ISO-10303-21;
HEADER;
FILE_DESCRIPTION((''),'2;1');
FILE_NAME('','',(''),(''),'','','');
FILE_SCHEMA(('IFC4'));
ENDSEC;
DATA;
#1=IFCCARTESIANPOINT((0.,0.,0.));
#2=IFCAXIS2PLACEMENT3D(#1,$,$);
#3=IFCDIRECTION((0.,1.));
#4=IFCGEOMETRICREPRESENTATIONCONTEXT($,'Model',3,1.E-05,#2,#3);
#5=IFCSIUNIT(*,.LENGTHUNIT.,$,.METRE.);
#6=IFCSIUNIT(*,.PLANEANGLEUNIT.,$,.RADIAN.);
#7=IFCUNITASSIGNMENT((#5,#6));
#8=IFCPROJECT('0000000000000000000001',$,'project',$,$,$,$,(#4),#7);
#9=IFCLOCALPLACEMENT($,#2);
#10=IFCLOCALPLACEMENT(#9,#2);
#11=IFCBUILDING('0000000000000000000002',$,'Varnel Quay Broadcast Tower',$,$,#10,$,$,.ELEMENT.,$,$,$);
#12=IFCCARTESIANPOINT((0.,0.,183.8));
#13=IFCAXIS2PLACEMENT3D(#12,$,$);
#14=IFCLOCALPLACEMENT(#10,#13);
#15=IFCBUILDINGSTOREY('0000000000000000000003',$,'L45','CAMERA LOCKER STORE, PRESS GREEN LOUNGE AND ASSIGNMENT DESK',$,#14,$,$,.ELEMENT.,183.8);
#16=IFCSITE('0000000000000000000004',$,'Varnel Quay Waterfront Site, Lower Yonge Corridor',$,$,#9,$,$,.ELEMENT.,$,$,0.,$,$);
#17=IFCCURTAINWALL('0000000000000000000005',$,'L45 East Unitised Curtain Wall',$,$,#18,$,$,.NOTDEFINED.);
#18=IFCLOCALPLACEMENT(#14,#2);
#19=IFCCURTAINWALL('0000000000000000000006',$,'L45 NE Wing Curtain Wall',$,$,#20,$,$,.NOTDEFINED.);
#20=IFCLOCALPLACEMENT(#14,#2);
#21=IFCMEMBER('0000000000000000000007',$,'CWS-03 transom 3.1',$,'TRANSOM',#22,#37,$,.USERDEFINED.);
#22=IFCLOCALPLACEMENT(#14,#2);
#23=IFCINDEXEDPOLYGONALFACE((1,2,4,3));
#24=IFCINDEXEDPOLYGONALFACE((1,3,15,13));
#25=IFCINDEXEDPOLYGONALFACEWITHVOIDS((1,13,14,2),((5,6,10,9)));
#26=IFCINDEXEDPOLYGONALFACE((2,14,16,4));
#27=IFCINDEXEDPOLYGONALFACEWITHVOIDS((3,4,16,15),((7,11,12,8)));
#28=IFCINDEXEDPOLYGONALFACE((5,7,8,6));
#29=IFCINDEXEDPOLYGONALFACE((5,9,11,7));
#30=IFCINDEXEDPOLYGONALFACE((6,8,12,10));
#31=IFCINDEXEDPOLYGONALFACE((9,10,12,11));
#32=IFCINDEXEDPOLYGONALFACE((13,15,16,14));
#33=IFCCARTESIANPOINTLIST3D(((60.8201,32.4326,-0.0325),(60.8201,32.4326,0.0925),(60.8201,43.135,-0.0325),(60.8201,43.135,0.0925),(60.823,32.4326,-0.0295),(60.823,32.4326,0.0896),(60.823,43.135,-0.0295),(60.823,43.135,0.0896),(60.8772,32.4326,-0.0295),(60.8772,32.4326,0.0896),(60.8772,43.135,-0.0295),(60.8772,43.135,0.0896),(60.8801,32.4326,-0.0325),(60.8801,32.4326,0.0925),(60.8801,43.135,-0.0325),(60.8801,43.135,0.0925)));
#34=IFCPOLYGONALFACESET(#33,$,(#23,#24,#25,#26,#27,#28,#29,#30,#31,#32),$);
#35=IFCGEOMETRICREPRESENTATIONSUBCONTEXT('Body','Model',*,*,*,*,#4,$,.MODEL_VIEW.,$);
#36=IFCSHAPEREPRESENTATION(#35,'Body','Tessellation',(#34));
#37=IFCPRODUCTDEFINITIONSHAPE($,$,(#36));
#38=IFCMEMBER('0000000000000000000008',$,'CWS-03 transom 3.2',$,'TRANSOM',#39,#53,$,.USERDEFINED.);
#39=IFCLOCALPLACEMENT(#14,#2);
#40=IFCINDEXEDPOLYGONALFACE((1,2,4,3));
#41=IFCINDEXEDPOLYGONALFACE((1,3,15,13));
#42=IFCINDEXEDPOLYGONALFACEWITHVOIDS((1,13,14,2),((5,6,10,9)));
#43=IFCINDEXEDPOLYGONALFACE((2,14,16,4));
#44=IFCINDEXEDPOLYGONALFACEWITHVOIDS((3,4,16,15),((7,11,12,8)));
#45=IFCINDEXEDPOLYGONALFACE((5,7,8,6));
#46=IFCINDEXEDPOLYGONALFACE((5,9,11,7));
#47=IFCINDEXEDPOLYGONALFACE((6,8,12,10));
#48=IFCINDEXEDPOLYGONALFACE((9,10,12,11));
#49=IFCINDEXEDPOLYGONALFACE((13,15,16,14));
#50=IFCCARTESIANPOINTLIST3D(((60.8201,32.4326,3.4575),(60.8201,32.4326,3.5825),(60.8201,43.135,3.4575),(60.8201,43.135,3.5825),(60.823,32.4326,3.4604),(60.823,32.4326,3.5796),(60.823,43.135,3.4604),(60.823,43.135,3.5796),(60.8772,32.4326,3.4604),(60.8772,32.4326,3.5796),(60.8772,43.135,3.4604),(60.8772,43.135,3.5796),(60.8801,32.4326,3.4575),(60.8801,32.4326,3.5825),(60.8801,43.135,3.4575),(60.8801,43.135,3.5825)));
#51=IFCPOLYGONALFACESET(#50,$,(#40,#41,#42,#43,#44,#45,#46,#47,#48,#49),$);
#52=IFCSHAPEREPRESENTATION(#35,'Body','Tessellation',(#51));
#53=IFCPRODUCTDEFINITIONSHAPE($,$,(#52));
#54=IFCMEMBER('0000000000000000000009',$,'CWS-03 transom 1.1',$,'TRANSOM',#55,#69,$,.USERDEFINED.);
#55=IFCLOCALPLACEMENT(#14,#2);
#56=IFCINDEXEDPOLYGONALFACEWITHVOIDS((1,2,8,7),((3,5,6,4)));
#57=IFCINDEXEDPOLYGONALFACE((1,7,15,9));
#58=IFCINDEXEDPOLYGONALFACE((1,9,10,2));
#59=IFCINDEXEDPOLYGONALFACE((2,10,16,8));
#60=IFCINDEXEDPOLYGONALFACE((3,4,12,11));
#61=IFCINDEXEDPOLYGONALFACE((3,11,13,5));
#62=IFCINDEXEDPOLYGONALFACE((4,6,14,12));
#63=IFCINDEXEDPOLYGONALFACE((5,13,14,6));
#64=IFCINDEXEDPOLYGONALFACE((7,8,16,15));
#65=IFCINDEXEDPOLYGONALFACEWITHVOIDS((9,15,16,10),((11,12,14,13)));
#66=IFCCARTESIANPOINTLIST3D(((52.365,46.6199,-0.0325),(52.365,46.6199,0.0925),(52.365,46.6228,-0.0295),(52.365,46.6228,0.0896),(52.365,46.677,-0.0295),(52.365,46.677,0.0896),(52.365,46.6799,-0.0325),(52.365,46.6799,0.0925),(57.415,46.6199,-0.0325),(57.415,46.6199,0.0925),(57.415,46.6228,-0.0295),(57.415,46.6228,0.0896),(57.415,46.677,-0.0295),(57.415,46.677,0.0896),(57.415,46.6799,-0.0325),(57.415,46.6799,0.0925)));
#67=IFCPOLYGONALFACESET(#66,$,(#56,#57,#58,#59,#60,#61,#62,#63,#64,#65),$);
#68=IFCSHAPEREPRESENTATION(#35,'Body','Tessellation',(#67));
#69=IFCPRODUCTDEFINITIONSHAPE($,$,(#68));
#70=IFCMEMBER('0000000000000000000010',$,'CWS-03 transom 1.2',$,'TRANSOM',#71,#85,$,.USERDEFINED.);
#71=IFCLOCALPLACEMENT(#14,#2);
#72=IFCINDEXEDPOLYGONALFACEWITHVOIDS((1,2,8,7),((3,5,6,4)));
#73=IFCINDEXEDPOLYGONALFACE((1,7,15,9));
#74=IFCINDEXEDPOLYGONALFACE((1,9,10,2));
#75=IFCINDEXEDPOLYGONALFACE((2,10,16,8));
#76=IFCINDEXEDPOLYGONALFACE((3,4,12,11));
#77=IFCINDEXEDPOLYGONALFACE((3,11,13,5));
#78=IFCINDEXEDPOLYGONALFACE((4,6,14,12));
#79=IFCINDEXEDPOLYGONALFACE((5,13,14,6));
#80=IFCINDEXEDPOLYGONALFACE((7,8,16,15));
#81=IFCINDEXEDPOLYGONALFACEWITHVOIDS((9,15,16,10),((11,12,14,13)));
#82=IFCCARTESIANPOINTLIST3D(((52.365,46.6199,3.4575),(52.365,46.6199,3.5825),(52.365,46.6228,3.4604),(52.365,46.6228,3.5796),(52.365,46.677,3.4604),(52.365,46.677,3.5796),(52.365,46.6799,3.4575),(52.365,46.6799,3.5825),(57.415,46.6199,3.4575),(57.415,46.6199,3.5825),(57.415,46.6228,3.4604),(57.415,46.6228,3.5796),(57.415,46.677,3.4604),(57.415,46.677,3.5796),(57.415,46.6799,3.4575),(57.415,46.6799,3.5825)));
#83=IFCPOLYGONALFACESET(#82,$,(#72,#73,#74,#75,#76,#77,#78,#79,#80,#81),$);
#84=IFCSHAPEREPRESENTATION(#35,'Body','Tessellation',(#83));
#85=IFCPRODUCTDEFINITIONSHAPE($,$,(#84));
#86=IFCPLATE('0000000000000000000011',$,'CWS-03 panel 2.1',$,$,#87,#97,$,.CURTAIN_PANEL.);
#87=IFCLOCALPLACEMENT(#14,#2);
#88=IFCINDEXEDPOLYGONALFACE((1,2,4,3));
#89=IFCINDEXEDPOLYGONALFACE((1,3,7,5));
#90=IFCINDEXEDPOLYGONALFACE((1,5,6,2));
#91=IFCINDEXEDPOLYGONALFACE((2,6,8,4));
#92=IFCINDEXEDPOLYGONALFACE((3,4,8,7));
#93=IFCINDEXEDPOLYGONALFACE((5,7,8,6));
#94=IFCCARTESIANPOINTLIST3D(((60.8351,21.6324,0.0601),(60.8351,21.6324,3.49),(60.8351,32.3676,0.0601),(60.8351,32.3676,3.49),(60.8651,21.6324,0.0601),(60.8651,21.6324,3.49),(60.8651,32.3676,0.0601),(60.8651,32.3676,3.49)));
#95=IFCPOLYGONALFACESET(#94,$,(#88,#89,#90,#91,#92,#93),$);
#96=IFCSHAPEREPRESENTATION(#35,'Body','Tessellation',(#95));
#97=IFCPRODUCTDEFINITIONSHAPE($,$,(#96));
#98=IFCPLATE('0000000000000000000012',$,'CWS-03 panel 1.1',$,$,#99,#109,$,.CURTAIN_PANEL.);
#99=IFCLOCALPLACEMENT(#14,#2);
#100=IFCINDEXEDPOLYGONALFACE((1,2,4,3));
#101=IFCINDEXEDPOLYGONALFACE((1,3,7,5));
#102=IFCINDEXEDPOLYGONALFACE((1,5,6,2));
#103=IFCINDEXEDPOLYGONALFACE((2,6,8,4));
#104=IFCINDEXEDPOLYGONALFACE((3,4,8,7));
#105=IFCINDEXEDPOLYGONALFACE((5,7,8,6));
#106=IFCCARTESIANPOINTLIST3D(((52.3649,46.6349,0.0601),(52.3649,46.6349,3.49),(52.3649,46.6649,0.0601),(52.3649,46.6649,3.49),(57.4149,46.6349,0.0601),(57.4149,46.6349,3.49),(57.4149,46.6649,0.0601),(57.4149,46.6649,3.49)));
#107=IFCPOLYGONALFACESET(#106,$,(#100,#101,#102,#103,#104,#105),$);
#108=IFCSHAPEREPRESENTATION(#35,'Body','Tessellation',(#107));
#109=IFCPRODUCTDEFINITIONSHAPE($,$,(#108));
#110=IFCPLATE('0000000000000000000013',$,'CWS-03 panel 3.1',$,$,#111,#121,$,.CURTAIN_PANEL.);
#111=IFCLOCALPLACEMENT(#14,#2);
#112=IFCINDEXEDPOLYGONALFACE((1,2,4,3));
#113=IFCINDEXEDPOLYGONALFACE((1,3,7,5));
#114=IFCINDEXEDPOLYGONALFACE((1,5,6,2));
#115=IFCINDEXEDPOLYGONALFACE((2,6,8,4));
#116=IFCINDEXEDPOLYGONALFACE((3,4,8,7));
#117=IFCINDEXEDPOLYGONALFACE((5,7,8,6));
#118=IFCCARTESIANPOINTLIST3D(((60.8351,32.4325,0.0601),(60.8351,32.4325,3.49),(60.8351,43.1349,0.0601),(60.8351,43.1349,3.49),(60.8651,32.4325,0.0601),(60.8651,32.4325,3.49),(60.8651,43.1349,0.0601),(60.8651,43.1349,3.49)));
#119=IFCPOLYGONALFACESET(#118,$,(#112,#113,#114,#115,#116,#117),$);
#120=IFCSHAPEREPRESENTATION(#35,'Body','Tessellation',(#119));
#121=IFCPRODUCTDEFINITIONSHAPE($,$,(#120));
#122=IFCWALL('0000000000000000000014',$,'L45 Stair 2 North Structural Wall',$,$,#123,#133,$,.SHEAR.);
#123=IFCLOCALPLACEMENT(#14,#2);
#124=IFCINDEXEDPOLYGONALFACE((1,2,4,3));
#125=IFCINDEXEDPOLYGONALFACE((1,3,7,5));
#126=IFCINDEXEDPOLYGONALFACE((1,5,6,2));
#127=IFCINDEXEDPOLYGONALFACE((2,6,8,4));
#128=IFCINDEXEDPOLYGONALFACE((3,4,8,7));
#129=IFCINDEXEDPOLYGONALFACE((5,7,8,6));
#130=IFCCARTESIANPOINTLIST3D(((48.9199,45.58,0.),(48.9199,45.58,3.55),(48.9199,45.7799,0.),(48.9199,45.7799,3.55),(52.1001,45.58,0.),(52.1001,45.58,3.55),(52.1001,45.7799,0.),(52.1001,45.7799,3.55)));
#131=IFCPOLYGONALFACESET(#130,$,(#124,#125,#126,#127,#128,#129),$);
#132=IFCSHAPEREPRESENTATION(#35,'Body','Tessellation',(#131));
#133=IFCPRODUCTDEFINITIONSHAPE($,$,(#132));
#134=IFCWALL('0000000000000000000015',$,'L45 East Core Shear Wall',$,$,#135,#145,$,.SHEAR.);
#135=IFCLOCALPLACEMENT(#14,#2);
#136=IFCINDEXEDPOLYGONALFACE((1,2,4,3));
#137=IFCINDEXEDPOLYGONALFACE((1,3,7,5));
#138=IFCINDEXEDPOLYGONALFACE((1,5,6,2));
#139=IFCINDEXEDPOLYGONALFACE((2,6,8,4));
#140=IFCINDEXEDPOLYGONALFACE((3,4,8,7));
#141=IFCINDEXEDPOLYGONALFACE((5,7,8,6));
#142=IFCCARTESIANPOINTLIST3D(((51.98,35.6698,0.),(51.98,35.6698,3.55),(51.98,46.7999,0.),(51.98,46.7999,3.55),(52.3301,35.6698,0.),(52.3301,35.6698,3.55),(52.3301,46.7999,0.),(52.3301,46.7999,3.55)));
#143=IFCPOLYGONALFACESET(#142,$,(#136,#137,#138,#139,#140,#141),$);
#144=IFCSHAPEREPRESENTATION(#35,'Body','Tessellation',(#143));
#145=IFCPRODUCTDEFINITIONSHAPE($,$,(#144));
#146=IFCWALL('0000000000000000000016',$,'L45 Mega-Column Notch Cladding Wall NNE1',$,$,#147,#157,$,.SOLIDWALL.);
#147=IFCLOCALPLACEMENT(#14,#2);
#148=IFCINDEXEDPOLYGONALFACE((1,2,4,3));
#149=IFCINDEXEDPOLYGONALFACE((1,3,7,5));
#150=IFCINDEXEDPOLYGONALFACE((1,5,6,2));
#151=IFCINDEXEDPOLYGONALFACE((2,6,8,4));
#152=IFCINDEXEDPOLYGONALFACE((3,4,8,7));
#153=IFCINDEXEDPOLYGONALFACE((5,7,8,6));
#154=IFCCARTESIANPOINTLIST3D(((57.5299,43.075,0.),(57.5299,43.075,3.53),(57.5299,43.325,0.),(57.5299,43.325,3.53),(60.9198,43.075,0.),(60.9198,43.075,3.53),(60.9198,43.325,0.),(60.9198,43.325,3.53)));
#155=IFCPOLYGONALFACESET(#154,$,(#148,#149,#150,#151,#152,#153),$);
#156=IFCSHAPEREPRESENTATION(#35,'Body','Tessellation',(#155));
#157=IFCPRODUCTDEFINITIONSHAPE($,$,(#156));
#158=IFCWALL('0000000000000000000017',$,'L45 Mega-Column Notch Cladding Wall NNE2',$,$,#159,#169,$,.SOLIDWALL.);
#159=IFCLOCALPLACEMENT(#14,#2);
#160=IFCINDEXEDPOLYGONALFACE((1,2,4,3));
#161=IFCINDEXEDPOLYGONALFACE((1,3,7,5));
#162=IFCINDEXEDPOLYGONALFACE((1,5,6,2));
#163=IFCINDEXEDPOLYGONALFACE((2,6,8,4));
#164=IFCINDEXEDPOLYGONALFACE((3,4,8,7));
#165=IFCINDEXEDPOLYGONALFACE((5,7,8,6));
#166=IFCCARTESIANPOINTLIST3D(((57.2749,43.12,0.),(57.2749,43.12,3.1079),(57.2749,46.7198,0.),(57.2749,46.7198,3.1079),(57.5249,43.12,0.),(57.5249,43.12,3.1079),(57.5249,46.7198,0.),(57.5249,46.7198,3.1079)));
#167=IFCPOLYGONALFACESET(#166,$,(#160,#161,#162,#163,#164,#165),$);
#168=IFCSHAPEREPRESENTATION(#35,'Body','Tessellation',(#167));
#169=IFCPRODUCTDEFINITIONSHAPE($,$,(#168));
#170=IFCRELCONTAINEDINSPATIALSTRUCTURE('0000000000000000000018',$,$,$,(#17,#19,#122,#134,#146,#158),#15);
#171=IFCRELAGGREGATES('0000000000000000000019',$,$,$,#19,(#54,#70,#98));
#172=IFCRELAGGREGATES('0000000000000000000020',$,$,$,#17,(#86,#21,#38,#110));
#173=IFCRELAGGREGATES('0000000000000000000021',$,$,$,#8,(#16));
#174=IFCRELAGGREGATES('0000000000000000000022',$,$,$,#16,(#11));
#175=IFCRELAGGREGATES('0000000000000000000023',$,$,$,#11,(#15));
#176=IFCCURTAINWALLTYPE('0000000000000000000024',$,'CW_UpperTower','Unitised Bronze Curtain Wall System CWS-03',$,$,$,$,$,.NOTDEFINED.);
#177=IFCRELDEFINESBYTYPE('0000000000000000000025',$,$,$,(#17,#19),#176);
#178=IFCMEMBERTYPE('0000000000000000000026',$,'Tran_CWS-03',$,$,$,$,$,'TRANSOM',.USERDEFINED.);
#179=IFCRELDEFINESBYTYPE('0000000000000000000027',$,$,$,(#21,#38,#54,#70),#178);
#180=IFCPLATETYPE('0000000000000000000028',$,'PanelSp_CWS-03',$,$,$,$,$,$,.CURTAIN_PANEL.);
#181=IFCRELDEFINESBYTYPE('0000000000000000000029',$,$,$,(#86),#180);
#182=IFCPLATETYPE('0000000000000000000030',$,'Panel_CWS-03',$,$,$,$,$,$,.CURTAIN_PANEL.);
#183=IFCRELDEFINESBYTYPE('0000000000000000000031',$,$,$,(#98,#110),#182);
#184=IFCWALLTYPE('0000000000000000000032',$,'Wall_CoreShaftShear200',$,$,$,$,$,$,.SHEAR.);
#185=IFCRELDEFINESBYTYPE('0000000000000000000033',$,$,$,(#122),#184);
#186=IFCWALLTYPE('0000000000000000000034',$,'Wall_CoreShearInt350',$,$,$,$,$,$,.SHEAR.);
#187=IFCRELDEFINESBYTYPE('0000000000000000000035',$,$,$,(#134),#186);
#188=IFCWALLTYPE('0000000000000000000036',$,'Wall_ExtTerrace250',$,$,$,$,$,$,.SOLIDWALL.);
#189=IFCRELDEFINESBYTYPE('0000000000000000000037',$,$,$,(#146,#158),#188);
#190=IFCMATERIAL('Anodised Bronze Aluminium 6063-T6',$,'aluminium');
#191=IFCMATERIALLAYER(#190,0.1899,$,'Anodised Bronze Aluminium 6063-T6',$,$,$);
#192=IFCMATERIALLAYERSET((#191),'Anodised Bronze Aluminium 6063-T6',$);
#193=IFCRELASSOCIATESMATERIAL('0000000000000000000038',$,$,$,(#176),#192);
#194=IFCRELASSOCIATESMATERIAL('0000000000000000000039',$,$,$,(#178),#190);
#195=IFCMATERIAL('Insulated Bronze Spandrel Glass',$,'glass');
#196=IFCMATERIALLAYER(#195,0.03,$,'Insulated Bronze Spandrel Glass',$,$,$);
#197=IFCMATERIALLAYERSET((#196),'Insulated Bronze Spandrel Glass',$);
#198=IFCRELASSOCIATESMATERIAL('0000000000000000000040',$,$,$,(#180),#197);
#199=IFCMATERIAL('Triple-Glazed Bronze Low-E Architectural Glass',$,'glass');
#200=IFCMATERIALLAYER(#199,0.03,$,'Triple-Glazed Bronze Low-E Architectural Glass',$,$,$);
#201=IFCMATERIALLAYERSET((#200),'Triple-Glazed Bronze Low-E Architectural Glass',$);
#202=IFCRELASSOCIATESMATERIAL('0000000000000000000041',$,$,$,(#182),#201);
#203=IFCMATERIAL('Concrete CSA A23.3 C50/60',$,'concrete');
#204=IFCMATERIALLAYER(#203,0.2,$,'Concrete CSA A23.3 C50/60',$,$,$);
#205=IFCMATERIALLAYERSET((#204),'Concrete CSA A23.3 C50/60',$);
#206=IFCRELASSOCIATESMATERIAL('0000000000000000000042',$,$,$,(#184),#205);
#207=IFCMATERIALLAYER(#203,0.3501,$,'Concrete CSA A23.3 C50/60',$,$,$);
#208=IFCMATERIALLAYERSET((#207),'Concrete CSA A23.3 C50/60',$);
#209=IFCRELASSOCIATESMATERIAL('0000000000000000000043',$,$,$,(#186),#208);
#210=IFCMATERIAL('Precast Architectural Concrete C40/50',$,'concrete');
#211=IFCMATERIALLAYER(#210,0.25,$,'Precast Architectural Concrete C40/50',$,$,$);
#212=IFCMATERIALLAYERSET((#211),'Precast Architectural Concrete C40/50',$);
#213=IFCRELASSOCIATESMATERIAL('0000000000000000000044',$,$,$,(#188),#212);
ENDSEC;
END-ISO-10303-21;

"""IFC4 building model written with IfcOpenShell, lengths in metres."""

from ifc_helpers import new_model, si_unit, direction, frame, frame_2d, origin, origin_2d, place, context, subcontext, project, spatial, rectangle, hollow_rectangle, extrude, source, transform, mapped, material, layer, layer_set, material_profile, profile_set, type_object, type_shapes, element, aggregate, save


model = new_model("IFC4")

# Units and contexts
model_context = context("Model", 3, precision=1e-05, world=origin(), true_north=direction((0.0, 1.0)))
body_context = subcontext(model_context, "Body", "Model", "MODEL_VIEW")
ifc_project = project(units=[si_unit("LENGTHUNIT", "METRE"), si_unit("PLANEANGLEUNIT", "RADIAN")], contexts=[model_context])

# Site, building, storey
site_placement = place(None, origin())
site = spatial("IfcSite", under=ifc_project, at=site_placement, Name="Varnel Quay Waterfront Site, Lower Yonge Corridor", CompositionType="ELEMENT", RefElevation=0.0)
building_placement = place(site_placement, origin())
building = spatial("IfcBuilding", under=site, at=building_placement, Name="Varnel Quay Broadcast Tower", CompositionType="ELEMENT")
storey_placement = place(building_placement, frame((0.0, 0.0, 183.8)))
storey = spatial("IfcBuildingStorey", under=building, at=storey_placement, Name="L45", Description="CAMERA LOCKER STORE, PRESS GREEN LOUNGE AND ASSIGNMENT DESK", CompositionType="ELEMENT", Elevation=183.8)

# Curtain walls
ifc_material_1 = material(Name="Anodised Bronze Aluminium 6063-T6", Category="aluminium")
ifc_layer_1 = layer(ifc_material_1, 0.1899, Name="Anodised Bronze Aluminium 6063-T6")
ifc_layer_set_1 = layer_set([ifc_layer_1], Name="Anodised Bronze Aluminium 6063-T6")
curtain_wall_type = type_object("IfcCurtainWallType", Name="CW_UpperTower", Description="Unitised Bronze Curtain Wall System CWS-03", PredefinedType="NOTDEFINED", material=ifc_layer_set_1)
curtain_wall_1_placement = place(storey_placement, origin())
curtain_wall_1 = element("IfcCurtainWall", 1, at=curtain_wall_1_placement, inside=storey, type_object=curtain_wall_type, Name="L45 East Unitised Curtain Wall", PredefinedType="NOTDEFINED")
curtain_wall_2_placement = place(storey_placement, origin())
curtain_wall_2 = element("IfcCurtainWall", 2, at=curtain_wall_2_placement, inside=storey, type_object=curtain_wall_type, Name="L45 NE Wing Curtain Wall", PredefinedType="NOTDEFINED")

# Members
ifc_material_profile_1 = material_profile(ifc_material_1, hollow_rectangle(XDim=0.0601, YDim=0.125, WallThickness=0.0029, at=origin_2d()), Name="ALU60X125X3")
ifc_profile_set_1 = profile_set([ifc_material_profile_1], Name="Anodised Bronze Aluminium 6063-T6")
member_type_1 = type_object("IfcMemberType", Name="Tran_CWS-03", ElementType="TRANSOM", PredefinedType="USERDEFINED", material=ifc_profile_set_1)
shared_shape_1 = source(origin(), body_context, "Body", "SweptSolid", [
    extrude(hollow_rectangle(XDim=0.0601, YDim=0.125, WallThickness=0.0029, at=origin_2d()), origin(), (0.0, 0.0, 1.0), 10.7024),
])
member_1_placement = place(storey_placement, frame((60.8501, 32.4326, 0.03), z_axis=(0.0, 1.0, 0.0), x_axis=(-1.0, 0.0, 0.0)))
member_1 = element("IfcMember", 3, at=member_1_placement, type_object=member_type_1, Name="CWS-03 transom 3.1", ObjectType="TRANSOM", PredefinedType="USERDEFINED", context=body_context, shape_type="MappedRepresentation", body=[
    mapped(shared_shape_1, transform((0.0, 0.0, 0.0), x_axis=(1.0, 0.0, 0.0), y_axis=(0.0, 1.0, 0.0), z_axis=(0.0, 0.0, 1.0), scale=1.0)),
])
member_2_placement = place(storey_placement, frame((60.8501, 32.4326, 3.52), z_axis=(0.0, 1.0, 0.0), x_axis=(-1.0, 0.0, 0.0)))
member_2 = element("IfcMember", 4, at=member_2_placement, type_object=member_type_1, Name="CWS-03 transom 3.2", ObjectType="TRANSOM", PredefinedType="USERDEFINED", context=body_context, shape_type="MappedRepresentation", body=[
    mapped(shared_shape_1, transform((0.0, 0.0, 0.0), x_axis=(1.0, 0.0, 0.0), y_axis=(0.0, 1.0, 0.0), z_axis=(0.0, 0.0, 1.0), scale=1.0)),
])
shared_shape_2 = source(origin(), body_context, "Body", "SweptSolid", [
    extrude(hollow_rectangle(XDim=0.0601, YDim=0.125, WallThickness=0.0029, at=origin_2d()), origin(), (0.0, 0.0, 1.0), 5.05),
])
type_shapes(member_type_1, [shared_shape_1, shared_shape_2])
member_3_placement = place(storey_placement, frame((52.365, 46.6499, 0.03), z_axis=(1.0, 0.0, 0.0), x_axis=(0.0, 1.0, 0.0)))
member_3 = element("IfcMember", 5, at=member_3_placement, type_object=member_type_1, Name="CWS-03 transom 1.1", ObjectType="TRANSOM", PredefinedType="USERDEFINED", context=body_context, shape_type="MappedRepresentation", body=[
    mapped(shared_shape_2, transform((0.0, 0.0, 0.0), x_axis=(1.0, 0.0, 0.0), y_axis=(0.0, 1.0, 0.0), z_axis=(0.0, 0.0, 1.0), scale=1.0)),
])
member_4_placement = place(storey_placement, frame((52.365, 46.6499, 3.52), z_axis=(1.0, 0.0, 0.0), x_axis=(0.0, 1.0, 0.0)))
member_4 = element("IfcMember", 6, at=member_4_placement, type_object=member_type_1, Name="CWS-03 transom 1.2", ObjectType="TRANSOM", PredefinedType="USERDEFINED", context=body_context, shape_type="MappedRepresentation", body=[
    mapped(shared_shape_2, transform((0.0, 0.0, 0.0), x_axis=(1.0, 0.0, 0.0), y_axis=(0.0, 1.0, 0.0), z_axis=(0.0, 0.0, 1.0), scale=1.0)),
])

# Plates
ifc_material_2 = material(Name="Insulated Bronze Spandrel Glass", Category="glass")
ifc_layer_2 = layer(ifc_material_2, 0.03, Name="Insulated Bronze Spandrel Glass")
ifc_layer_set_2 = layer_set([ifc_layer_2], Name="Insulated Bronze Spandrel Glass")
plate_type_1 = type_object("IfcPlateType", Name="PanelSp_CWS-03", PredefinedType="CURTAIN_PANEL", material=ifc_layer_set_2)
shared_shape_3 = source(origin(), body_context, "Body", "SweptSolid", [
    extrude(rectangle(XDim=10.7351, YDim=0.03, at=origin_2d()), origin(), (0.0, 0.0, 1.0), 3.4299),
])
type_shapes(plate_type_1, [shared_shape_3])
plate_1_placement = place(storey_placement, frame((60.8501, 27.0, 0.0601), z_axis=(0.0, 0.0, 1.0), x_axis=(0.0, 1.0, 0.0)))
plate_1 = element("IfcPlate", 7, at=plate_1_placement, type_object=plate_type_1, Name="CWS-03 panel 2.1", PredefinedType="CURTAIN_PANEL", context=body_context, shape_type="MappedRepresentation", body=[
    mapped(shared_shape_3, transform((0.0, 0.0, 0.0), x_axis=(1.0, 0.0, 0.0), y_axis=(0.0, 1.0, 0.0), z_axis=(0.0, 0.0, 1.0), scale=1.0)),
])
ifc_material_3 = material(Name="Triple-Glazed Bronze Low-E Architectural Glass", Category="glass")
ifc_layer_3 = layer(ifc_material_3, 0.03, Name="Triple-Glazed Bronze Low-E Architectural Glass")
ifc_layer_set_3 = layer_set([ifc_layer_3], Name="Triple-Glazed Bronze Low-E Architectural Glass")
plate_type_2 = type_object("IfcPlateType", Name="Panel_CWS-03", PredefinedType="CURTAIN_PANEL", material=ifc_layer_set_3)
shared_shape_4 = source(origin(), body_context, "Body", "SweptSolid", [
    extrude(rectangle(XDim=5.05, YDim=0.03, at=origin_2d()), origin(), (0.0, 0.0, 1.0), 3.4299),
])
plate_2_placement = place(storey_placement, frame((54.8899, 46.6499, 0.0601), z_axis=(0.0, 0.0, 1.0), x_axis=(1.0, 0.0, 0.0)))
plate_2 = element("IfcPlate", 8, at=plate_2_placement, type_object=plate_type_2, Name="CWS-03 panel 1.1", PredefinedType="CURTAIN_PANEL", context=body_context, shape_type="MappedRepresentation", body=[
    mapped(shared_shape_4, transform((0.0, 0.0, 0.0), x_axis=(1.0, 0.0, 0.0), y_axis=(0.0, 1.0, 0.0), z_axis=(0.0, 0.0, 1.0), scale=1.0)),
])
aggregate(curtain_wall_2, [member_3, member_4, plate_2])
shared_shape_5 = source(origin(), body_context, "Body", "SweptSolid", [
    extrude(rectangle(XDim=10.7024, YDim=0.03, at=origin_2d()), origin(), (0.0, 0.0, 1.0), 3.4299),
])
type_shapes(plate_type_2, [shared_shape_4, shared_shape_5])
plate_3_placement = place(storey_placement, frame((60.8501, 37.7837, 0.0601), z_axis=(0.0, 0.0, 1.0), x_axis=(0.0, 1.0, 0.0)))
plate_3 = element("IfcPlate", 9, at=plate_3_placement, type_object=plate_type_2, Name="CWS-03 panel 3.1", PredefinedType="CURTAIN_PANEL", context=body_context, shape_type="MappedRepresentation", body=[
    mapped(shared_shape_5, transform((0.0, 0.0, 0.0), x_axis=(1.0, 0.0, 0.0), y_axis=(0.0, 1.0, 0.0), z_axis=(0.0, 0.0, 1.0), scale=1.0)),
])
aggregate(curtain_wall_1, [plate_1, member_1, member_2, plate_3])

# Walls
ifc_material_4 = material(Name="Concrete CSA A23.3 C50/60", Category="concrete")
ifc_layer_4 = layer(ifc_material_4, 0.2, Name="Concrete CSA A23.3 C50/60")
ifc_layer_set_4 = layer_set([ifc_layer_4], Name="Concrete CSA A23.3 C50/60")
wall_type_1 = type_object("IfcWallType", Name="Wall_CoreShaftShear200", PredefinedType="SHEAR", material=ifc_layer_set_4)
wall_1_placement = place(storey_placement, frame((48.9199, 45.6799, 0.0), z_axis=(0.0, 0.0, 1.0), x_axis=(1.0, 0.0, 0.0)))
element("IfcWall", 10, at=wall_1_placement, inside=storey, type_object=wall_type_1, Name="L45 Stair 2 North Structural Wall", PredefinedType="SHEAR", context=body_context, shape_type="SweptSolid", body=[
    extrude(rectangle(XDim=3.1802, YDim=0.2, at=frame_2d((1.5901, 0.0))), origin(), (0.0, 0.0, 1.0), 3.55),
])
ifc_layer_5 = layer(ifc_material_4, 0.3501, Name="Concrete CSA A23.3 C50/60")
ifc_layer_set_5 = layer_set([ifc_layer_5], Name="Concrete CSA A23.3 C50/60")
wall_type_2 = type_object("IfcWallType", Name="Wall_CoreShearInt350", PredefinedType="SHEAR", material=ifc_layer_set_5)
wall_2_placement = place(storey_placement, frame((52.155, 35.6699, 0.0), z_axis=(0.0, 0.0, 1.0), x_axis=(0.0, 1.0, 0.0)))
element("IfcWall", 11, at=wall_2_placement, inside=storey, type_object=wall_type_2, Name="L45 East Core Shear Wall", PredefinedType="SHEAR", context=body_context, shape_type="SweptSolid", body=[
    extrude(rectangle(XDim=11.1301, YDim=0.3501, at=frame_2d((5.5649, 0.0))), origin(), (0.0, 0.0, 1.0), 3.55),
])
ifc_material_5 = material(Name="Precast Architectural Concrete C40/50", Category="concrete")
ifc_layer_6 = layer(ifc_material_5, 0.25, Name="Precast Architectural Concrete C40/50")
ifc_layer_set_6 = layer_set([ifc_layer_6], Name="Precast Architectural Concrete C40/50")
wall_type_3 = type_object("IfcWallType", Name="Wall_ExtTerrace250", PredefinedType="SOLIDWALL", material=ifc_layer_set_6)
wall_3_placement = place(storey_placement, frame((57.53, 43.2, 0.0), z_axis=(0.0, 0.0, 1.0), x_axis=(1.0, 0.0, 0.0)))
element("IfcWall", 12, at=wall_3_placement, inside=storey, type_object=wall_type_3, Name="L45 Mega-Column Notch Cladding Wall NNE1", PredefinedType="SOLIDWALL", context=body_context, shape_type="SweptSolid", body=[
    extrude(rectangle(XDim=3.3899, YDim=0.25, at=frame_2d((1.6948, 0.0))), origin(), (0.0, 0.0, 1.0), 3.53),
])
wall_4_placement = place(storey_placement, frame((57.3999, 43.1201, 0.0), z_axis=(0.0, 0.0, 1.0), x_axis=(0.0, 1.0, 0.0)))
element("IfcWall", 13, at=wall_4_placement, inside=storey, type_object=wall_type_3, Name="L45 Mega-Column Notch Cladding Wall NNE2", PredefinedType="SOLIDWALL", context=body_context, shape_type="SweptSolid", body=[
    extrude(rectangle(XDim=3.5999, YDim=0.25, at=frame_2d((1.7998, 0.0))), origin(), (0.0, 0.0, 1.0), 3.1079),
])

save(model, "model.ifc")
